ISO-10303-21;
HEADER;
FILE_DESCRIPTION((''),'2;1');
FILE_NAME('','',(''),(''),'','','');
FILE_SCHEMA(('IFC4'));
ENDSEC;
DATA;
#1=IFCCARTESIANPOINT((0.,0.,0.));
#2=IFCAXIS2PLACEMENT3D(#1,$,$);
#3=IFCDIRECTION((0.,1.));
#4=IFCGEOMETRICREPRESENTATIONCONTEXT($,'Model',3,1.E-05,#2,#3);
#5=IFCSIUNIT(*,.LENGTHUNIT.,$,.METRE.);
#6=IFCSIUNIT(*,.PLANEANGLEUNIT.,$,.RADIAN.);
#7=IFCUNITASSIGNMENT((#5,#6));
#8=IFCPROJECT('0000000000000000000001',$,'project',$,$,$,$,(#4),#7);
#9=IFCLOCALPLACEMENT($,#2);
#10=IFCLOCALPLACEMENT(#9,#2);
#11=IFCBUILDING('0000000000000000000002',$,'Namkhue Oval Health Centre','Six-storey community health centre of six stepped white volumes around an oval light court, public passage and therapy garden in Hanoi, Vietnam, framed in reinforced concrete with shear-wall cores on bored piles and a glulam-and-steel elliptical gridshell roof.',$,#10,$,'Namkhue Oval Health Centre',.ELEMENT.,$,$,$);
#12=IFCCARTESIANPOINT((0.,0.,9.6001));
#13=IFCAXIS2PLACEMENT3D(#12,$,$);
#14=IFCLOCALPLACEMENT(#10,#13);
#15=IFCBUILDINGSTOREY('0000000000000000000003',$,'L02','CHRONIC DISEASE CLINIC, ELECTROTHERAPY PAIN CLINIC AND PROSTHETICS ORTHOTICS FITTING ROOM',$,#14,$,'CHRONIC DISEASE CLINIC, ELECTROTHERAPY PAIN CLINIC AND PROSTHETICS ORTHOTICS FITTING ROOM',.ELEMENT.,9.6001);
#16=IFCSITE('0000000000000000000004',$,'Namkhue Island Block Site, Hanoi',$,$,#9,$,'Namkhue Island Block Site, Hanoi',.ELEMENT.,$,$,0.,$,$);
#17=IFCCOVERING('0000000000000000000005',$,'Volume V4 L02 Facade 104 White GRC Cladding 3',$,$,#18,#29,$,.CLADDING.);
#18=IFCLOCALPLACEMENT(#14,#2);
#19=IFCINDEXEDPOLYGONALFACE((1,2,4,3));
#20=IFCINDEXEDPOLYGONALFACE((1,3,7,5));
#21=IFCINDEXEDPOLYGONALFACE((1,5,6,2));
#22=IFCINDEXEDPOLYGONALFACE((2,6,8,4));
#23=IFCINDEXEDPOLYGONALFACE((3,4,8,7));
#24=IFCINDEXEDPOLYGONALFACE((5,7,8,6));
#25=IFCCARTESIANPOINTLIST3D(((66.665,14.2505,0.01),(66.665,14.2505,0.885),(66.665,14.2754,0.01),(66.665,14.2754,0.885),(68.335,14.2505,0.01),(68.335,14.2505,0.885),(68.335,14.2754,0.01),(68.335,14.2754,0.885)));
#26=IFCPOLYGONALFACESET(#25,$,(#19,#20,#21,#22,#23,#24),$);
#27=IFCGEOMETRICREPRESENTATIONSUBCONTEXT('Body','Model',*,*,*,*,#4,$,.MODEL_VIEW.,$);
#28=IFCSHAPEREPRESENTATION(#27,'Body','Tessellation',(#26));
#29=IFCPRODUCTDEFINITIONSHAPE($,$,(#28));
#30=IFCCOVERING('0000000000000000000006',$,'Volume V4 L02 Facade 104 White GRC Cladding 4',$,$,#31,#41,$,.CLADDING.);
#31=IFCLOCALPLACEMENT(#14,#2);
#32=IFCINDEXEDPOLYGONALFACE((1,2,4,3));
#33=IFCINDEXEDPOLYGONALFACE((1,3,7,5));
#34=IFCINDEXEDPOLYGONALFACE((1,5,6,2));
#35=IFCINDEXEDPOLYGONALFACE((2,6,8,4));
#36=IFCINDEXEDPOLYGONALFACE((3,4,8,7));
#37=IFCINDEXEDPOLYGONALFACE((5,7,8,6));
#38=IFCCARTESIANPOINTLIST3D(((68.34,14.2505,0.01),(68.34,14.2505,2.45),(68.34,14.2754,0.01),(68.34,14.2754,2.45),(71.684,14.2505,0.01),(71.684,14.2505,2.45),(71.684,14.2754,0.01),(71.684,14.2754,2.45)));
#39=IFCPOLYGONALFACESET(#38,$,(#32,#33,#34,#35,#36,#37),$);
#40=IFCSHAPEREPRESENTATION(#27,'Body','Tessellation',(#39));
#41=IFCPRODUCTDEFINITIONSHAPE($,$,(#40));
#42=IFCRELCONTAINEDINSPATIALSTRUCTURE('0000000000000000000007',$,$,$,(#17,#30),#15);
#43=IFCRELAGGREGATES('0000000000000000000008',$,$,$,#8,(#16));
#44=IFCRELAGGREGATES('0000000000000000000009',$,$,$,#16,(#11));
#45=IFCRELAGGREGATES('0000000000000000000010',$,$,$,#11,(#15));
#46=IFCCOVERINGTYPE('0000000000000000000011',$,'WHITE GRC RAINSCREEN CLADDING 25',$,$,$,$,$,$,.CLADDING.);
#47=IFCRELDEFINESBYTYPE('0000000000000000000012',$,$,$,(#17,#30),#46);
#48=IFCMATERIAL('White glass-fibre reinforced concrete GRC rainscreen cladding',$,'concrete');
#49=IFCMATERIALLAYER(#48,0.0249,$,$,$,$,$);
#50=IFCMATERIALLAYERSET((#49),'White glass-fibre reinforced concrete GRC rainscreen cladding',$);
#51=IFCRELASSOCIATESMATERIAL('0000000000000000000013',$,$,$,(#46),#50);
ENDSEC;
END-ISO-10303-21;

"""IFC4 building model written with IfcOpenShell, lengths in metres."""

from ifc_helpers import new_model, si_unit, direction, frame, origin, origin_2d, place, context, subcontext, project, spatial, rectangle, extrude, material, layer, layer_set, type_object, element, save


model = new_model("IFC4")

# Units and contexts
model_context = context("Model", 3, precision=1e-05, world=origin(), true_north=direction((0.0, 1.0)))
body_context = subcontext(model_context, "Body", "Model", "MODEL_VIEW")
ifc_project = project(units=[si_unit("LENGTHUNIT", "METRE"), si_unit("PLANEANGLEUNIT", "RADIAN")], contexts=[model_context])

# Site, building, storey
site_placement = place(None, origin())
site = spatial("IfcSite", under=ifc_project, at=site_placement, Name="Namkhue Island Block Site, Hanoi", LongName="Namkhue Island Block Site, Hanoi", CompositionType="ELEMENT", RefElevation=0.0)
building_placement = place(site_placement, origin())
building = spatial("IfcBuilding", under=site, at=building_placement, Name="Namkhue Oval Health Centre", Description="Six-storey community health centre of six stepped white volumes around an oval light court, public passage and therapy garden in Hanoi, Vietnam, framed in reinforced concrete with shear-wall cores on bored piles and a glulam-and-steel elliptical gridshell roof.", LongName="Namkhue Oval Health Centre", CompositionType="ELEMENT")
storey_placement = place(building_placement, frame((0.0, 0.0, 9.6001)))
storey = spatial("IfcBuildingStorey", under=building, at=storey_placement, Name="L02", Description="CHRONIC DISEASE CLINIC, ELECTROTHERAPY PAIN CLINIC AND PROSTHETICS ORTHOTICS FITTING ROOM", LongName="CHRONIC DISEASE CLINIC, ELECTROTHERAPY PAIN CLINIC AND PROSTHETICS ORTHOTICS FITTING ROOM", CompositionType="ELEMENT", Elevation=9.6001)

# Coverings
ifc_material_1 = material(Name="White glass-fibre reinforced concrete GRC rainscreen cladding", Category="concrete")
ifc_layer_1 = layer(ifc_material_1, 0.0249)
ifc_layer_set_1 = layer_set([ifc_layer_1], Name="White glass-fibre reinforced concrete GRC rainscreen cladding")
covering_type = type_object("IfcCoveringType", Name="WHITE GRC RAINSCREEN CLADDING 25", PredefinedType="CLADDING", material=ifc_layer_set_1)
covering_1_placement = place(storey_placement, frame((67.5, 14.2629, 0.01), z_axis=(0.0, 0.0, 1.0), x_axis=(1.0, 0.0, 0.0)))
element("IfcCovering", 1, at=covering_1_placement, inside=storey, type_object=covering_type, Name="Volume V4 L02 Facade 104 White GRC Cladding 3", PredefinedType="CLADDING", context=body_context, shape_type="SweptSolid", body=[
    extrude(rectangle(XDim=1.6699, YDim=0.0249, at=origin_2d()), origin(), (0.0, 0.0, 1.0), 0.875),
])
covering_2_placement = place(storey_placement, frame((70.012, 14.2629, 0.01), z_axis=(0.0, 0.0, 1.0), x_axis=(1.0, 0.0, 0.0)))
element("IfcCovering", 2, at=covering_2_placement, inside=storey, type_object=covering_type, Name="Volume V4 L02 Facade 104 White GRC Cladding 4", PredefinedType="CLADDING", context=body_context, shape_type="SweptSolid", body=[
    extrude(rectangle(XDim=3.344, YDim=0.0249, at=origin_2d()), origin(), (0.0, 0.0, 1.0), 2.4399),
])

save(model, "model.ifc")
